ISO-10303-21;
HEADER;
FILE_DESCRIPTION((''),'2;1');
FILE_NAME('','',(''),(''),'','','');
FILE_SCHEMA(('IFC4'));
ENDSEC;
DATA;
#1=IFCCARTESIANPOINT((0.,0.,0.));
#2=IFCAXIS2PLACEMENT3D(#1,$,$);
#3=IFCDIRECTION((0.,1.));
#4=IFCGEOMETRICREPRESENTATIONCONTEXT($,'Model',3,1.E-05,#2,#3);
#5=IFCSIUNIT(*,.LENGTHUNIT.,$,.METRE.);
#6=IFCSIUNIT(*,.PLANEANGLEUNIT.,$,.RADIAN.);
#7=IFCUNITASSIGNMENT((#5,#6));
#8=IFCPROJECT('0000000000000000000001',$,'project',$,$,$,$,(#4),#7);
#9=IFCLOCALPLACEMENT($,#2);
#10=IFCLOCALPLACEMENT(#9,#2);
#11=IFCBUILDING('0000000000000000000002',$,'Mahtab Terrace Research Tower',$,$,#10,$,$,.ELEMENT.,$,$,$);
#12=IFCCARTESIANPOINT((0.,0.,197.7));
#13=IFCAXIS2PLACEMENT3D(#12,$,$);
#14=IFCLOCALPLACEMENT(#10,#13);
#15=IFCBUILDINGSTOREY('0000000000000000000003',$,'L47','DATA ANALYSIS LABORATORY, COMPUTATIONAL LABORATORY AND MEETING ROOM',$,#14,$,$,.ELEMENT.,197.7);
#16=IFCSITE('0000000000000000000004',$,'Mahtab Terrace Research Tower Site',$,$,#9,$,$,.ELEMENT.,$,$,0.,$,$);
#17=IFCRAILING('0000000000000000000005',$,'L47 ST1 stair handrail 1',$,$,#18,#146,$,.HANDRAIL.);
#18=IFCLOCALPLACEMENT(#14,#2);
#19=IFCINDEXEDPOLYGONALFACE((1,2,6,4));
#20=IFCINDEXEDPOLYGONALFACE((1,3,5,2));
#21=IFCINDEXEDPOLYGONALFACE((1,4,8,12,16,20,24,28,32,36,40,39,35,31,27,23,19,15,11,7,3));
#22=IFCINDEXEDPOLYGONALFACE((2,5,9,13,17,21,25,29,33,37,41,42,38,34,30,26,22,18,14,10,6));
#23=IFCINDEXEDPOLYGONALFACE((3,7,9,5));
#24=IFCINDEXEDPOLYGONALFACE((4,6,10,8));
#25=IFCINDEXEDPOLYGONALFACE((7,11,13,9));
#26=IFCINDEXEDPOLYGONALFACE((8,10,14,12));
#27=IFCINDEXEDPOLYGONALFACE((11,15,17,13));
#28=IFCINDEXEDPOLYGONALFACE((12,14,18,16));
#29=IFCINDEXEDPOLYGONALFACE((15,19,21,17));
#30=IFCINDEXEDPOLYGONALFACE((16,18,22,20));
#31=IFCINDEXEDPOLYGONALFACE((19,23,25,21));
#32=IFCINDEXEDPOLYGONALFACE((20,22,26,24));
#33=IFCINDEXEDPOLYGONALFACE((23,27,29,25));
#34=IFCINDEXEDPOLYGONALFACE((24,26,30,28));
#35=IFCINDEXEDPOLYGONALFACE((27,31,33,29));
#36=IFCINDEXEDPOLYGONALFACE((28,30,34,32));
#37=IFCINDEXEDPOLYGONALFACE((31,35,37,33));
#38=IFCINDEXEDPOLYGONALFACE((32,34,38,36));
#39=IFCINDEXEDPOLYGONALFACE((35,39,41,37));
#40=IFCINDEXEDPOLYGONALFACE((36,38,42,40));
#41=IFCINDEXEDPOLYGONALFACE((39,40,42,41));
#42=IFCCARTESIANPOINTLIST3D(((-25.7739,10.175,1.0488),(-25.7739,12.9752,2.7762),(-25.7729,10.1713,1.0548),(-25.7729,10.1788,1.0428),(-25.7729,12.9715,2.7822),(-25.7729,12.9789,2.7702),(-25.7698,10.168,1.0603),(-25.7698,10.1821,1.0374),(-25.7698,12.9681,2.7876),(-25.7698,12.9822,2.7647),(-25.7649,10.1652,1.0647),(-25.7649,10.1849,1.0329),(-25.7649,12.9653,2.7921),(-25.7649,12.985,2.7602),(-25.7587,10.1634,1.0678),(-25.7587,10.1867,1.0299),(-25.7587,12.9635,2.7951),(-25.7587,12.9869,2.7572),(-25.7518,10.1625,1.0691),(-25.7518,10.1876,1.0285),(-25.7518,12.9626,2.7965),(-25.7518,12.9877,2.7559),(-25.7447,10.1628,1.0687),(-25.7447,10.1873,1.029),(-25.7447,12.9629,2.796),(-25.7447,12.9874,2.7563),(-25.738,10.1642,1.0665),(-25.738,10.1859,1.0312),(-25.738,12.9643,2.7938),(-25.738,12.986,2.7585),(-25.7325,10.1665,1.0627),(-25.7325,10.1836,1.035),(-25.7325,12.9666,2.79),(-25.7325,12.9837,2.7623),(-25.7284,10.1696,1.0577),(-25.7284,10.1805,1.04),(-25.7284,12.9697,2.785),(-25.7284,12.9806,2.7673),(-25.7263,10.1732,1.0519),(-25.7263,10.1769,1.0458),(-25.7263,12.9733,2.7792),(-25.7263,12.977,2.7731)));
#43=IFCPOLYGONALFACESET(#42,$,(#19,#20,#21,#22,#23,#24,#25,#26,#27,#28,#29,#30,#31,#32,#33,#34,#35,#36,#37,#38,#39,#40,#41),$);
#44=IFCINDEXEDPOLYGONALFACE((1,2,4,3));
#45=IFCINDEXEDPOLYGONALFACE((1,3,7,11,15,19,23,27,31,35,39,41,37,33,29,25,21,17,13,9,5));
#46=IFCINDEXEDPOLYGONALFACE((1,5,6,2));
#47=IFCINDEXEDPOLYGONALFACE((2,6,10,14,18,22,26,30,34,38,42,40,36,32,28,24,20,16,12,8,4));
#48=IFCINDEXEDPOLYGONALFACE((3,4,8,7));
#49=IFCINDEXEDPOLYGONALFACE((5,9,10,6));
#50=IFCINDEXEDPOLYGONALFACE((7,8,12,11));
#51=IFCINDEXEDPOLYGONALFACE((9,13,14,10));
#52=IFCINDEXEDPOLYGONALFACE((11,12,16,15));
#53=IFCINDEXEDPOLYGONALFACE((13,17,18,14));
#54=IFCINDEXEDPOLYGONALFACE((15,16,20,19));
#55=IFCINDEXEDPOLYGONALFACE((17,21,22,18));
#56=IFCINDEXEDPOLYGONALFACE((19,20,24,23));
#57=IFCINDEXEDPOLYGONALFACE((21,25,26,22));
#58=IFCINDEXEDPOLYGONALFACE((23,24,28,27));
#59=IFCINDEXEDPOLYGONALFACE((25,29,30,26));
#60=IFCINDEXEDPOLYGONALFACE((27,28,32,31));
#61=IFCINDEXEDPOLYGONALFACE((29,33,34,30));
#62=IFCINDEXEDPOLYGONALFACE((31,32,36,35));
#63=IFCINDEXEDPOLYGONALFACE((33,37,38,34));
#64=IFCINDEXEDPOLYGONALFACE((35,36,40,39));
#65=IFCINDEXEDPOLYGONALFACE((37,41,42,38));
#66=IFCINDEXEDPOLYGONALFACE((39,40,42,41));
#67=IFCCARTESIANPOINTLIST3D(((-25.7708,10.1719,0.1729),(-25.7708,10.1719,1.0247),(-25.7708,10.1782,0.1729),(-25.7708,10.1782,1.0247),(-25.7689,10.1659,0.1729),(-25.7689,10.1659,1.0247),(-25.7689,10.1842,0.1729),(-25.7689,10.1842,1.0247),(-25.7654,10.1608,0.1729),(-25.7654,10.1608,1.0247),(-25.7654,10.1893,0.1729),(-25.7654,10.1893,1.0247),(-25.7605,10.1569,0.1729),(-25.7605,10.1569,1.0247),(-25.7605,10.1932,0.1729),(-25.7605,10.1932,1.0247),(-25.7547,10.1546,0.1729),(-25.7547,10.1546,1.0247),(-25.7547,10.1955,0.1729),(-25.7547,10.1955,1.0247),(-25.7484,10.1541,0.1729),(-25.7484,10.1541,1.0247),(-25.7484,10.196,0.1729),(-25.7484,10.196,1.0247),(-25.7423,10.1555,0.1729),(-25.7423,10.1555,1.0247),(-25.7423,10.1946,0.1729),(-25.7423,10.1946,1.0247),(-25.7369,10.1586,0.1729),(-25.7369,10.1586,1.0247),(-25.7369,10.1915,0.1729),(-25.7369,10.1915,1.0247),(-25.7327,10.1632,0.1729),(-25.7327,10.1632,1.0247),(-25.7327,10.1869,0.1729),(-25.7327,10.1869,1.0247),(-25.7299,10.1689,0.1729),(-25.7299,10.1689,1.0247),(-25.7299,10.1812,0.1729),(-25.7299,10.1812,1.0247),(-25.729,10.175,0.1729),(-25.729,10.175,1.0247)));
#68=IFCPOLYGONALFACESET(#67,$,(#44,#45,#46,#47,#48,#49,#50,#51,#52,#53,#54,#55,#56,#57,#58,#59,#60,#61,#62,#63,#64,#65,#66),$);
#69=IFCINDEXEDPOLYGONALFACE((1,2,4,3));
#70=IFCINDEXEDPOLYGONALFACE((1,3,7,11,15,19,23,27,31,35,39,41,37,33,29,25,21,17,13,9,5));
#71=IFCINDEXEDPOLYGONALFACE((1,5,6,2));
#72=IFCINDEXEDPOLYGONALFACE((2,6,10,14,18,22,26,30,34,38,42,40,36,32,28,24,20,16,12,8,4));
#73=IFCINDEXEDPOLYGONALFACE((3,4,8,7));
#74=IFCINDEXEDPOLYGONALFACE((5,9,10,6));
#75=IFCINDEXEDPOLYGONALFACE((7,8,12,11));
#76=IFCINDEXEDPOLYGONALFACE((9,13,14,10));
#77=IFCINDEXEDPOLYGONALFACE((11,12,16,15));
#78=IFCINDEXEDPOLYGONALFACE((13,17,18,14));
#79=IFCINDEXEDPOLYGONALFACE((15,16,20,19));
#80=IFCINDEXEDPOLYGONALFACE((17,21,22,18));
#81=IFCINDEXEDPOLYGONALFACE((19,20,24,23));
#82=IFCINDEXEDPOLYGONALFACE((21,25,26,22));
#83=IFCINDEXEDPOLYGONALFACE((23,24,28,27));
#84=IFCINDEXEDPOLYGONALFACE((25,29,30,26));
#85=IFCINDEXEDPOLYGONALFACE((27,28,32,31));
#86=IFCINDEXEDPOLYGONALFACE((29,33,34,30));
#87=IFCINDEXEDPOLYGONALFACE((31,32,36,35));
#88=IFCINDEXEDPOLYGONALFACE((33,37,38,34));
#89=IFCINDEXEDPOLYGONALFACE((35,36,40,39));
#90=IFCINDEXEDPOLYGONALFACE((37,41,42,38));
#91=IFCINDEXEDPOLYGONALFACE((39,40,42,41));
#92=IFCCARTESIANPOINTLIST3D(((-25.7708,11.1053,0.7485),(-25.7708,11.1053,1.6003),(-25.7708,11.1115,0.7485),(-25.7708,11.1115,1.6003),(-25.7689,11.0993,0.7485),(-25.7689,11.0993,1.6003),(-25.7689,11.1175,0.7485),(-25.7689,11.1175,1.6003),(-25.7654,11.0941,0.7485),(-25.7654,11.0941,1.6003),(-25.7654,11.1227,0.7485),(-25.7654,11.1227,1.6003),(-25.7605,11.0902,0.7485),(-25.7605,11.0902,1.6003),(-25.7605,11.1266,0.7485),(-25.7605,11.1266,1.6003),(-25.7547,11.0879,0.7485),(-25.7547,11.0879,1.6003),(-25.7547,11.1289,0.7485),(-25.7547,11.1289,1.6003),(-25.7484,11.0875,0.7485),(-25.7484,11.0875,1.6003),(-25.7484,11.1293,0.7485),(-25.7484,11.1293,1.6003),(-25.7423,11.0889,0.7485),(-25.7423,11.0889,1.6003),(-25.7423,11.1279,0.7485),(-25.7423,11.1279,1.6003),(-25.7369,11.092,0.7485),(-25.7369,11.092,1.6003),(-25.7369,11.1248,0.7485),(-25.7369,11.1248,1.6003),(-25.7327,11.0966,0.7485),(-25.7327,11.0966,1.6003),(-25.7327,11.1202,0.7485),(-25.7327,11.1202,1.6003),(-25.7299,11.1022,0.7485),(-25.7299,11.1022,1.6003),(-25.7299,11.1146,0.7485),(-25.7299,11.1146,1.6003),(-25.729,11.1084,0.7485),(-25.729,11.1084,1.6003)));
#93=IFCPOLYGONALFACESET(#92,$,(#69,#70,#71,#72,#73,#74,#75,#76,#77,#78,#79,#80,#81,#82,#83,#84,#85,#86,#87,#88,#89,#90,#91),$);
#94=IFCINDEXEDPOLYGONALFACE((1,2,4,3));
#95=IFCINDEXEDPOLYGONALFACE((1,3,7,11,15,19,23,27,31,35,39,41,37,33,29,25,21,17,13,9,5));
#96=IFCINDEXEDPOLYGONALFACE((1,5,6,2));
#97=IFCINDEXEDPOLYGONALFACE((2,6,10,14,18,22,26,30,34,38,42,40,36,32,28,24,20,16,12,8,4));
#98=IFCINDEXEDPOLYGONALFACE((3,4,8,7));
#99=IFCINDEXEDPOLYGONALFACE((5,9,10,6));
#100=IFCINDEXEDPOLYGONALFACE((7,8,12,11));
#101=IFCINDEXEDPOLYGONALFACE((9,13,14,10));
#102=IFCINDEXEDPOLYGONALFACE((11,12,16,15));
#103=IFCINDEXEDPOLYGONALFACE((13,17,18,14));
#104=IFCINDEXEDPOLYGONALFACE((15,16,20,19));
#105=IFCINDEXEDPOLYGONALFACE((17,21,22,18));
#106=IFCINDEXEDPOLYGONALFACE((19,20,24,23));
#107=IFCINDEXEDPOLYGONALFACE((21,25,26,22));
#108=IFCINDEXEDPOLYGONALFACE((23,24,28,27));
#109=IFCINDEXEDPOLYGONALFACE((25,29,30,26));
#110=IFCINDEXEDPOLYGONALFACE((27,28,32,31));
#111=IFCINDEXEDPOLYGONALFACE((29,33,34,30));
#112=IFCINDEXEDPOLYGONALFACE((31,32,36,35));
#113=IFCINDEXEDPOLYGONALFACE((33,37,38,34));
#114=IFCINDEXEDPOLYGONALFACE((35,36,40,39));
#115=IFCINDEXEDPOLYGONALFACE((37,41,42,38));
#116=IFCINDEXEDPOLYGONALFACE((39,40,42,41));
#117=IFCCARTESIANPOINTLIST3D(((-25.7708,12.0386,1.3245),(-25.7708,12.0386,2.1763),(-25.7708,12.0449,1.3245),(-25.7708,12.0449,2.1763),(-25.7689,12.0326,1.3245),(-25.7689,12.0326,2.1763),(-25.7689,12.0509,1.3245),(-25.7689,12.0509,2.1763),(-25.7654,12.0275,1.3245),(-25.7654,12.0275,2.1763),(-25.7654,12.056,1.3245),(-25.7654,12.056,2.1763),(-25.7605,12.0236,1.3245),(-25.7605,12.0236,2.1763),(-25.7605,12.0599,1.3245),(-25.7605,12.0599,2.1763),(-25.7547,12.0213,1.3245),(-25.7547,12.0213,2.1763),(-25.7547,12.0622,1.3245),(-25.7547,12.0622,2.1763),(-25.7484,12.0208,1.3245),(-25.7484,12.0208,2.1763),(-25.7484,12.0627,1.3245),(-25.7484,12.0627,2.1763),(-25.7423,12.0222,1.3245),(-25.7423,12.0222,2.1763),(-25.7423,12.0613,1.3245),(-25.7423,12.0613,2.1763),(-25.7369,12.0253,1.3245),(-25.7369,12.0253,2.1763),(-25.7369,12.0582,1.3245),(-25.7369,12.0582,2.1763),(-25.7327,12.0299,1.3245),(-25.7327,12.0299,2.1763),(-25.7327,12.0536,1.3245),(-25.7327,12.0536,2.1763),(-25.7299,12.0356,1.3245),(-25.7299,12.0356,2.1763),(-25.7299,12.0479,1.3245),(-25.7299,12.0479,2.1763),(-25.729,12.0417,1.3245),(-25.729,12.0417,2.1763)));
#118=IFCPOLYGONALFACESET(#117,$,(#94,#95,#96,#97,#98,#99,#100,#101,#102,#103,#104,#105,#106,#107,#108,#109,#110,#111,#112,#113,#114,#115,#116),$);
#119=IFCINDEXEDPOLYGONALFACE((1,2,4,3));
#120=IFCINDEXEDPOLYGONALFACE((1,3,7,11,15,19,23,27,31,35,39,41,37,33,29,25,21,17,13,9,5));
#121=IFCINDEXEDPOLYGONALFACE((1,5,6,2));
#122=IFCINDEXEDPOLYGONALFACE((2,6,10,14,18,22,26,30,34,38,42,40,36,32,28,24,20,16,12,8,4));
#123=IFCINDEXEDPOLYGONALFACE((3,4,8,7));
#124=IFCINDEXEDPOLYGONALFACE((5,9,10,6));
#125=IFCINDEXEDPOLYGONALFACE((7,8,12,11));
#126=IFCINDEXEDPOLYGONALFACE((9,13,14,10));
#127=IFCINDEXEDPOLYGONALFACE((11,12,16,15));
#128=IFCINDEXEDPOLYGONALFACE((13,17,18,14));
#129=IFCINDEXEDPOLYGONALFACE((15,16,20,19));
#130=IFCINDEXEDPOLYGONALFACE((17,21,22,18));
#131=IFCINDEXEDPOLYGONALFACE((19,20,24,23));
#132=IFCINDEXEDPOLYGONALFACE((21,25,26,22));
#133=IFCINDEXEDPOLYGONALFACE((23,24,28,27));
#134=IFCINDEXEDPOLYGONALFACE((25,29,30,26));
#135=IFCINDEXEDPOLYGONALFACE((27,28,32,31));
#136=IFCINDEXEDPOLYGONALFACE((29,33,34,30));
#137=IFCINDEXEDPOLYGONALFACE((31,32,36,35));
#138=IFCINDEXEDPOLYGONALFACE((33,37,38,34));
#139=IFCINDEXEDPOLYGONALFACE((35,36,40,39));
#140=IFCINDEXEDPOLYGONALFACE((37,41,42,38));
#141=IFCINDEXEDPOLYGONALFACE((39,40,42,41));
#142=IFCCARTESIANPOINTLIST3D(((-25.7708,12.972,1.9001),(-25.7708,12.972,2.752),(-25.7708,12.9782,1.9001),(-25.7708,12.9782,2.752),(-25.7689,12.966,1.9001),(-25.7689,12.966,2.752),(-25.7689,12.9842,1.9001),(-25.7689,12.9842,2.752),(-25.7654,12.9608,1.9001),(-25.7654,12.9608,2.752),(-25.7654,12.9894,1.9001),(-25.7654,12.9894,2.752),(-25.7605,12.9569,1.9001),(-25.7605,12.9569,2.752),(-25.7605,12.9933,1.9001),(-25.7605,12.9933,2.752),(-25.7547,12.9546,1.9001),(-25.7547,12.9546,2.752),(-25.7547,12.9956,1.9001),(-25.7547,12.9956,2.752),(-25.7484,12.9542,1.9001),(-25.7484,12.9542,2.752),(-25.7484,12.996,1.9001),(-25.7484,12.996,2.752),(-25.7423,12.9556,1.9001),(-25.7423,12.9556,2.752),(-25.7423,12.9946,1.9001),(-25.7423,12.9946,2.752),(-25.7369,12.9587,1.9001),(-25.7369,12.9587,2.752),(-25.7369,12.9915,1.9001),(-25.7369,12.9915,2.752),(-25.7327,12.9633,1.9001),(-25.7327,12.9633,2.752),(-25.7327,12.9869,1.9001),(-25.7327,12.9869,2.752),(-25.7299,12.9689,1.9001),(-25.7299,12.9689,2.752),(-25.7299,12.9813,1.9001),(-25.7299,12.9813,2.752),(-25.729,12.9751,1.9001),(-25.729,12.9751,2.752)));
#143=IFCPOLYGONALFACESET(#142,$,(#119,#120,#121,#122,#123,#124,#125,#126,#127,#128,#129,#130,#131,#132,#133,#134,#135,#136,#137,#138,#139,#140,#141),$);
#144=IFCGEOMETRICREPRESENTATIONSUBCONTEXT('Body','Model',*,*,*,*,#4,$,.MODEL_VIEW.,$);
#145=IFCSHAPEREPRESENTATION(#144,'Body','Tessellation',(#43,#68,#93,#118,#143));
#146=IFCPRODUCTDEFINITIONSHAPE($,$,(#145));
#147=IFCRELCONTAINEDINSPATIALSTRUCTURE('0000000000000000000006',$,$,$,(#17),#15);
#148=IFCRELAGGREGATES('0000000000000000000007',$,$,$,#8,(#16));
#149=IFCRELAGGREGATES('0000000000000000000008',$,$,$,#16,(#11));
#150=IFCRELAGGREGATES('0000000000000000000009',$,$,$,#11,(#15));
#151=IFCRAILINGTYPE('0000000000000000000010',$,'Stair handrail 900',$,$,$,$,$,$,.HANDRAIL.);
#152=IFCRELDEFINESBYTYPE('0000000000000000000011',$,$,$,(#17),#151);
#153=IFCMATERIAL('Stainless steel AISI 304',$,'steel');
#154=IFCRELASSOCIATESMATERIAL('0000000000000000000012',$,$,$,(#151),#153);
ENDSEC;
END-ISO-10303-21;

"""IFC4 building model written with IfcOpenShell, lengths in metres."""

from ifc_helpers import new_model, si_unit, direction, frame, origin, origin_2d, place, context, subcontext, project, spatial, circle, extrude, material, type_object, element, save


model = new_model("IFC4")

# Units and contexts
model_context = context("Model", 3, precision=1e-05, world=origin(), true_north=direction((0.0, 1.0)))
body_context = subcontext(model_context, "Body", "Model", "MODEL_VIEW")
ifc_project = project(units=[si_unit("LENGTHUNIT", "METRE"), si_unit("PLANEANGLEUNIT", "RADIAN")], contexts=[model_context])

# Site, building, storey
site_placement = place(None, origin())
site = spatial("IfcSite", under=ifc_project, at=site_placement, Name="Mahtab Terrace Research Tower Site", CompositionType="ELEMENT", RefElevation=0.0)
building_placement = place(site_placement, origin())
building = spatial("IfcBuilding", under=site, at=building_placement, Name="Mahtab Terrace Research Tower", CompositionType="ELEMENT")
storey_placement = place(building_placement, frame((0.0, 0.0, 197.7)))
storey = spatial("IfcBuildingStorey", under=building, at=storey_placement, Name="L47", Description="DATA ANALYSIS LABORATORY, COMPUTATIONAL LABORATORY AND MEETING ROOM", CompositionType="ELEMENT", Elevation=197.7)

# Railing
ifc_material_1 = material(Name="Stainless steel AISI 304", Category="steel")
railing_type_1 = type_object("IfcRailingType", Name="Stair handrail 900", PredefinedType="HANDRAIL", material=ifc_material_1)
railing_1_placement = place(storey_placement, frame((-25.75, 10.175, 0.1729)))
element("IfcRailing", 1, at=railing_1_placement, inside=storey, type_object=railing_type_1, Name="L47 ST1 stair handrail 1", PredefinedType="HANDRAIL", context=body_context, shape_type="SweptSolid", body=[
    extrude(circle(Radius=0.0239, at=origin_2d()), frame((0.0, 0.0, 0.876), z_axis=(0.0, 0.85109, 0.52502), x_axis=(-1.0, 0.0, 0.0)), (0.0, 0.0, 1.0), 3.29),
    extrude(circle(Radius=0.021, at=origin_2d()), origin(), (0.0, 0.0, 1.0), 0.8518),
    extrude(circle(Radius=0.021, at=origin_2d()), frame((0.0, 0.9333, 0.5757)), (0.0, 0.0, 1.0), 0.8518),
    extrude(circle(Radius=0.021, at=origin_2d()), frame((0.0, 1.8667, 1.1516)), (0.0, 0.0, 1.0), 0.8518),
    extrude(circle(Radius=0.021, at=origin_2d()), frame((0.0, 2.8, 1.7273)), (0.0, 0.0, 1.0), 0.8518),
])

save(model, "model.ifc")
